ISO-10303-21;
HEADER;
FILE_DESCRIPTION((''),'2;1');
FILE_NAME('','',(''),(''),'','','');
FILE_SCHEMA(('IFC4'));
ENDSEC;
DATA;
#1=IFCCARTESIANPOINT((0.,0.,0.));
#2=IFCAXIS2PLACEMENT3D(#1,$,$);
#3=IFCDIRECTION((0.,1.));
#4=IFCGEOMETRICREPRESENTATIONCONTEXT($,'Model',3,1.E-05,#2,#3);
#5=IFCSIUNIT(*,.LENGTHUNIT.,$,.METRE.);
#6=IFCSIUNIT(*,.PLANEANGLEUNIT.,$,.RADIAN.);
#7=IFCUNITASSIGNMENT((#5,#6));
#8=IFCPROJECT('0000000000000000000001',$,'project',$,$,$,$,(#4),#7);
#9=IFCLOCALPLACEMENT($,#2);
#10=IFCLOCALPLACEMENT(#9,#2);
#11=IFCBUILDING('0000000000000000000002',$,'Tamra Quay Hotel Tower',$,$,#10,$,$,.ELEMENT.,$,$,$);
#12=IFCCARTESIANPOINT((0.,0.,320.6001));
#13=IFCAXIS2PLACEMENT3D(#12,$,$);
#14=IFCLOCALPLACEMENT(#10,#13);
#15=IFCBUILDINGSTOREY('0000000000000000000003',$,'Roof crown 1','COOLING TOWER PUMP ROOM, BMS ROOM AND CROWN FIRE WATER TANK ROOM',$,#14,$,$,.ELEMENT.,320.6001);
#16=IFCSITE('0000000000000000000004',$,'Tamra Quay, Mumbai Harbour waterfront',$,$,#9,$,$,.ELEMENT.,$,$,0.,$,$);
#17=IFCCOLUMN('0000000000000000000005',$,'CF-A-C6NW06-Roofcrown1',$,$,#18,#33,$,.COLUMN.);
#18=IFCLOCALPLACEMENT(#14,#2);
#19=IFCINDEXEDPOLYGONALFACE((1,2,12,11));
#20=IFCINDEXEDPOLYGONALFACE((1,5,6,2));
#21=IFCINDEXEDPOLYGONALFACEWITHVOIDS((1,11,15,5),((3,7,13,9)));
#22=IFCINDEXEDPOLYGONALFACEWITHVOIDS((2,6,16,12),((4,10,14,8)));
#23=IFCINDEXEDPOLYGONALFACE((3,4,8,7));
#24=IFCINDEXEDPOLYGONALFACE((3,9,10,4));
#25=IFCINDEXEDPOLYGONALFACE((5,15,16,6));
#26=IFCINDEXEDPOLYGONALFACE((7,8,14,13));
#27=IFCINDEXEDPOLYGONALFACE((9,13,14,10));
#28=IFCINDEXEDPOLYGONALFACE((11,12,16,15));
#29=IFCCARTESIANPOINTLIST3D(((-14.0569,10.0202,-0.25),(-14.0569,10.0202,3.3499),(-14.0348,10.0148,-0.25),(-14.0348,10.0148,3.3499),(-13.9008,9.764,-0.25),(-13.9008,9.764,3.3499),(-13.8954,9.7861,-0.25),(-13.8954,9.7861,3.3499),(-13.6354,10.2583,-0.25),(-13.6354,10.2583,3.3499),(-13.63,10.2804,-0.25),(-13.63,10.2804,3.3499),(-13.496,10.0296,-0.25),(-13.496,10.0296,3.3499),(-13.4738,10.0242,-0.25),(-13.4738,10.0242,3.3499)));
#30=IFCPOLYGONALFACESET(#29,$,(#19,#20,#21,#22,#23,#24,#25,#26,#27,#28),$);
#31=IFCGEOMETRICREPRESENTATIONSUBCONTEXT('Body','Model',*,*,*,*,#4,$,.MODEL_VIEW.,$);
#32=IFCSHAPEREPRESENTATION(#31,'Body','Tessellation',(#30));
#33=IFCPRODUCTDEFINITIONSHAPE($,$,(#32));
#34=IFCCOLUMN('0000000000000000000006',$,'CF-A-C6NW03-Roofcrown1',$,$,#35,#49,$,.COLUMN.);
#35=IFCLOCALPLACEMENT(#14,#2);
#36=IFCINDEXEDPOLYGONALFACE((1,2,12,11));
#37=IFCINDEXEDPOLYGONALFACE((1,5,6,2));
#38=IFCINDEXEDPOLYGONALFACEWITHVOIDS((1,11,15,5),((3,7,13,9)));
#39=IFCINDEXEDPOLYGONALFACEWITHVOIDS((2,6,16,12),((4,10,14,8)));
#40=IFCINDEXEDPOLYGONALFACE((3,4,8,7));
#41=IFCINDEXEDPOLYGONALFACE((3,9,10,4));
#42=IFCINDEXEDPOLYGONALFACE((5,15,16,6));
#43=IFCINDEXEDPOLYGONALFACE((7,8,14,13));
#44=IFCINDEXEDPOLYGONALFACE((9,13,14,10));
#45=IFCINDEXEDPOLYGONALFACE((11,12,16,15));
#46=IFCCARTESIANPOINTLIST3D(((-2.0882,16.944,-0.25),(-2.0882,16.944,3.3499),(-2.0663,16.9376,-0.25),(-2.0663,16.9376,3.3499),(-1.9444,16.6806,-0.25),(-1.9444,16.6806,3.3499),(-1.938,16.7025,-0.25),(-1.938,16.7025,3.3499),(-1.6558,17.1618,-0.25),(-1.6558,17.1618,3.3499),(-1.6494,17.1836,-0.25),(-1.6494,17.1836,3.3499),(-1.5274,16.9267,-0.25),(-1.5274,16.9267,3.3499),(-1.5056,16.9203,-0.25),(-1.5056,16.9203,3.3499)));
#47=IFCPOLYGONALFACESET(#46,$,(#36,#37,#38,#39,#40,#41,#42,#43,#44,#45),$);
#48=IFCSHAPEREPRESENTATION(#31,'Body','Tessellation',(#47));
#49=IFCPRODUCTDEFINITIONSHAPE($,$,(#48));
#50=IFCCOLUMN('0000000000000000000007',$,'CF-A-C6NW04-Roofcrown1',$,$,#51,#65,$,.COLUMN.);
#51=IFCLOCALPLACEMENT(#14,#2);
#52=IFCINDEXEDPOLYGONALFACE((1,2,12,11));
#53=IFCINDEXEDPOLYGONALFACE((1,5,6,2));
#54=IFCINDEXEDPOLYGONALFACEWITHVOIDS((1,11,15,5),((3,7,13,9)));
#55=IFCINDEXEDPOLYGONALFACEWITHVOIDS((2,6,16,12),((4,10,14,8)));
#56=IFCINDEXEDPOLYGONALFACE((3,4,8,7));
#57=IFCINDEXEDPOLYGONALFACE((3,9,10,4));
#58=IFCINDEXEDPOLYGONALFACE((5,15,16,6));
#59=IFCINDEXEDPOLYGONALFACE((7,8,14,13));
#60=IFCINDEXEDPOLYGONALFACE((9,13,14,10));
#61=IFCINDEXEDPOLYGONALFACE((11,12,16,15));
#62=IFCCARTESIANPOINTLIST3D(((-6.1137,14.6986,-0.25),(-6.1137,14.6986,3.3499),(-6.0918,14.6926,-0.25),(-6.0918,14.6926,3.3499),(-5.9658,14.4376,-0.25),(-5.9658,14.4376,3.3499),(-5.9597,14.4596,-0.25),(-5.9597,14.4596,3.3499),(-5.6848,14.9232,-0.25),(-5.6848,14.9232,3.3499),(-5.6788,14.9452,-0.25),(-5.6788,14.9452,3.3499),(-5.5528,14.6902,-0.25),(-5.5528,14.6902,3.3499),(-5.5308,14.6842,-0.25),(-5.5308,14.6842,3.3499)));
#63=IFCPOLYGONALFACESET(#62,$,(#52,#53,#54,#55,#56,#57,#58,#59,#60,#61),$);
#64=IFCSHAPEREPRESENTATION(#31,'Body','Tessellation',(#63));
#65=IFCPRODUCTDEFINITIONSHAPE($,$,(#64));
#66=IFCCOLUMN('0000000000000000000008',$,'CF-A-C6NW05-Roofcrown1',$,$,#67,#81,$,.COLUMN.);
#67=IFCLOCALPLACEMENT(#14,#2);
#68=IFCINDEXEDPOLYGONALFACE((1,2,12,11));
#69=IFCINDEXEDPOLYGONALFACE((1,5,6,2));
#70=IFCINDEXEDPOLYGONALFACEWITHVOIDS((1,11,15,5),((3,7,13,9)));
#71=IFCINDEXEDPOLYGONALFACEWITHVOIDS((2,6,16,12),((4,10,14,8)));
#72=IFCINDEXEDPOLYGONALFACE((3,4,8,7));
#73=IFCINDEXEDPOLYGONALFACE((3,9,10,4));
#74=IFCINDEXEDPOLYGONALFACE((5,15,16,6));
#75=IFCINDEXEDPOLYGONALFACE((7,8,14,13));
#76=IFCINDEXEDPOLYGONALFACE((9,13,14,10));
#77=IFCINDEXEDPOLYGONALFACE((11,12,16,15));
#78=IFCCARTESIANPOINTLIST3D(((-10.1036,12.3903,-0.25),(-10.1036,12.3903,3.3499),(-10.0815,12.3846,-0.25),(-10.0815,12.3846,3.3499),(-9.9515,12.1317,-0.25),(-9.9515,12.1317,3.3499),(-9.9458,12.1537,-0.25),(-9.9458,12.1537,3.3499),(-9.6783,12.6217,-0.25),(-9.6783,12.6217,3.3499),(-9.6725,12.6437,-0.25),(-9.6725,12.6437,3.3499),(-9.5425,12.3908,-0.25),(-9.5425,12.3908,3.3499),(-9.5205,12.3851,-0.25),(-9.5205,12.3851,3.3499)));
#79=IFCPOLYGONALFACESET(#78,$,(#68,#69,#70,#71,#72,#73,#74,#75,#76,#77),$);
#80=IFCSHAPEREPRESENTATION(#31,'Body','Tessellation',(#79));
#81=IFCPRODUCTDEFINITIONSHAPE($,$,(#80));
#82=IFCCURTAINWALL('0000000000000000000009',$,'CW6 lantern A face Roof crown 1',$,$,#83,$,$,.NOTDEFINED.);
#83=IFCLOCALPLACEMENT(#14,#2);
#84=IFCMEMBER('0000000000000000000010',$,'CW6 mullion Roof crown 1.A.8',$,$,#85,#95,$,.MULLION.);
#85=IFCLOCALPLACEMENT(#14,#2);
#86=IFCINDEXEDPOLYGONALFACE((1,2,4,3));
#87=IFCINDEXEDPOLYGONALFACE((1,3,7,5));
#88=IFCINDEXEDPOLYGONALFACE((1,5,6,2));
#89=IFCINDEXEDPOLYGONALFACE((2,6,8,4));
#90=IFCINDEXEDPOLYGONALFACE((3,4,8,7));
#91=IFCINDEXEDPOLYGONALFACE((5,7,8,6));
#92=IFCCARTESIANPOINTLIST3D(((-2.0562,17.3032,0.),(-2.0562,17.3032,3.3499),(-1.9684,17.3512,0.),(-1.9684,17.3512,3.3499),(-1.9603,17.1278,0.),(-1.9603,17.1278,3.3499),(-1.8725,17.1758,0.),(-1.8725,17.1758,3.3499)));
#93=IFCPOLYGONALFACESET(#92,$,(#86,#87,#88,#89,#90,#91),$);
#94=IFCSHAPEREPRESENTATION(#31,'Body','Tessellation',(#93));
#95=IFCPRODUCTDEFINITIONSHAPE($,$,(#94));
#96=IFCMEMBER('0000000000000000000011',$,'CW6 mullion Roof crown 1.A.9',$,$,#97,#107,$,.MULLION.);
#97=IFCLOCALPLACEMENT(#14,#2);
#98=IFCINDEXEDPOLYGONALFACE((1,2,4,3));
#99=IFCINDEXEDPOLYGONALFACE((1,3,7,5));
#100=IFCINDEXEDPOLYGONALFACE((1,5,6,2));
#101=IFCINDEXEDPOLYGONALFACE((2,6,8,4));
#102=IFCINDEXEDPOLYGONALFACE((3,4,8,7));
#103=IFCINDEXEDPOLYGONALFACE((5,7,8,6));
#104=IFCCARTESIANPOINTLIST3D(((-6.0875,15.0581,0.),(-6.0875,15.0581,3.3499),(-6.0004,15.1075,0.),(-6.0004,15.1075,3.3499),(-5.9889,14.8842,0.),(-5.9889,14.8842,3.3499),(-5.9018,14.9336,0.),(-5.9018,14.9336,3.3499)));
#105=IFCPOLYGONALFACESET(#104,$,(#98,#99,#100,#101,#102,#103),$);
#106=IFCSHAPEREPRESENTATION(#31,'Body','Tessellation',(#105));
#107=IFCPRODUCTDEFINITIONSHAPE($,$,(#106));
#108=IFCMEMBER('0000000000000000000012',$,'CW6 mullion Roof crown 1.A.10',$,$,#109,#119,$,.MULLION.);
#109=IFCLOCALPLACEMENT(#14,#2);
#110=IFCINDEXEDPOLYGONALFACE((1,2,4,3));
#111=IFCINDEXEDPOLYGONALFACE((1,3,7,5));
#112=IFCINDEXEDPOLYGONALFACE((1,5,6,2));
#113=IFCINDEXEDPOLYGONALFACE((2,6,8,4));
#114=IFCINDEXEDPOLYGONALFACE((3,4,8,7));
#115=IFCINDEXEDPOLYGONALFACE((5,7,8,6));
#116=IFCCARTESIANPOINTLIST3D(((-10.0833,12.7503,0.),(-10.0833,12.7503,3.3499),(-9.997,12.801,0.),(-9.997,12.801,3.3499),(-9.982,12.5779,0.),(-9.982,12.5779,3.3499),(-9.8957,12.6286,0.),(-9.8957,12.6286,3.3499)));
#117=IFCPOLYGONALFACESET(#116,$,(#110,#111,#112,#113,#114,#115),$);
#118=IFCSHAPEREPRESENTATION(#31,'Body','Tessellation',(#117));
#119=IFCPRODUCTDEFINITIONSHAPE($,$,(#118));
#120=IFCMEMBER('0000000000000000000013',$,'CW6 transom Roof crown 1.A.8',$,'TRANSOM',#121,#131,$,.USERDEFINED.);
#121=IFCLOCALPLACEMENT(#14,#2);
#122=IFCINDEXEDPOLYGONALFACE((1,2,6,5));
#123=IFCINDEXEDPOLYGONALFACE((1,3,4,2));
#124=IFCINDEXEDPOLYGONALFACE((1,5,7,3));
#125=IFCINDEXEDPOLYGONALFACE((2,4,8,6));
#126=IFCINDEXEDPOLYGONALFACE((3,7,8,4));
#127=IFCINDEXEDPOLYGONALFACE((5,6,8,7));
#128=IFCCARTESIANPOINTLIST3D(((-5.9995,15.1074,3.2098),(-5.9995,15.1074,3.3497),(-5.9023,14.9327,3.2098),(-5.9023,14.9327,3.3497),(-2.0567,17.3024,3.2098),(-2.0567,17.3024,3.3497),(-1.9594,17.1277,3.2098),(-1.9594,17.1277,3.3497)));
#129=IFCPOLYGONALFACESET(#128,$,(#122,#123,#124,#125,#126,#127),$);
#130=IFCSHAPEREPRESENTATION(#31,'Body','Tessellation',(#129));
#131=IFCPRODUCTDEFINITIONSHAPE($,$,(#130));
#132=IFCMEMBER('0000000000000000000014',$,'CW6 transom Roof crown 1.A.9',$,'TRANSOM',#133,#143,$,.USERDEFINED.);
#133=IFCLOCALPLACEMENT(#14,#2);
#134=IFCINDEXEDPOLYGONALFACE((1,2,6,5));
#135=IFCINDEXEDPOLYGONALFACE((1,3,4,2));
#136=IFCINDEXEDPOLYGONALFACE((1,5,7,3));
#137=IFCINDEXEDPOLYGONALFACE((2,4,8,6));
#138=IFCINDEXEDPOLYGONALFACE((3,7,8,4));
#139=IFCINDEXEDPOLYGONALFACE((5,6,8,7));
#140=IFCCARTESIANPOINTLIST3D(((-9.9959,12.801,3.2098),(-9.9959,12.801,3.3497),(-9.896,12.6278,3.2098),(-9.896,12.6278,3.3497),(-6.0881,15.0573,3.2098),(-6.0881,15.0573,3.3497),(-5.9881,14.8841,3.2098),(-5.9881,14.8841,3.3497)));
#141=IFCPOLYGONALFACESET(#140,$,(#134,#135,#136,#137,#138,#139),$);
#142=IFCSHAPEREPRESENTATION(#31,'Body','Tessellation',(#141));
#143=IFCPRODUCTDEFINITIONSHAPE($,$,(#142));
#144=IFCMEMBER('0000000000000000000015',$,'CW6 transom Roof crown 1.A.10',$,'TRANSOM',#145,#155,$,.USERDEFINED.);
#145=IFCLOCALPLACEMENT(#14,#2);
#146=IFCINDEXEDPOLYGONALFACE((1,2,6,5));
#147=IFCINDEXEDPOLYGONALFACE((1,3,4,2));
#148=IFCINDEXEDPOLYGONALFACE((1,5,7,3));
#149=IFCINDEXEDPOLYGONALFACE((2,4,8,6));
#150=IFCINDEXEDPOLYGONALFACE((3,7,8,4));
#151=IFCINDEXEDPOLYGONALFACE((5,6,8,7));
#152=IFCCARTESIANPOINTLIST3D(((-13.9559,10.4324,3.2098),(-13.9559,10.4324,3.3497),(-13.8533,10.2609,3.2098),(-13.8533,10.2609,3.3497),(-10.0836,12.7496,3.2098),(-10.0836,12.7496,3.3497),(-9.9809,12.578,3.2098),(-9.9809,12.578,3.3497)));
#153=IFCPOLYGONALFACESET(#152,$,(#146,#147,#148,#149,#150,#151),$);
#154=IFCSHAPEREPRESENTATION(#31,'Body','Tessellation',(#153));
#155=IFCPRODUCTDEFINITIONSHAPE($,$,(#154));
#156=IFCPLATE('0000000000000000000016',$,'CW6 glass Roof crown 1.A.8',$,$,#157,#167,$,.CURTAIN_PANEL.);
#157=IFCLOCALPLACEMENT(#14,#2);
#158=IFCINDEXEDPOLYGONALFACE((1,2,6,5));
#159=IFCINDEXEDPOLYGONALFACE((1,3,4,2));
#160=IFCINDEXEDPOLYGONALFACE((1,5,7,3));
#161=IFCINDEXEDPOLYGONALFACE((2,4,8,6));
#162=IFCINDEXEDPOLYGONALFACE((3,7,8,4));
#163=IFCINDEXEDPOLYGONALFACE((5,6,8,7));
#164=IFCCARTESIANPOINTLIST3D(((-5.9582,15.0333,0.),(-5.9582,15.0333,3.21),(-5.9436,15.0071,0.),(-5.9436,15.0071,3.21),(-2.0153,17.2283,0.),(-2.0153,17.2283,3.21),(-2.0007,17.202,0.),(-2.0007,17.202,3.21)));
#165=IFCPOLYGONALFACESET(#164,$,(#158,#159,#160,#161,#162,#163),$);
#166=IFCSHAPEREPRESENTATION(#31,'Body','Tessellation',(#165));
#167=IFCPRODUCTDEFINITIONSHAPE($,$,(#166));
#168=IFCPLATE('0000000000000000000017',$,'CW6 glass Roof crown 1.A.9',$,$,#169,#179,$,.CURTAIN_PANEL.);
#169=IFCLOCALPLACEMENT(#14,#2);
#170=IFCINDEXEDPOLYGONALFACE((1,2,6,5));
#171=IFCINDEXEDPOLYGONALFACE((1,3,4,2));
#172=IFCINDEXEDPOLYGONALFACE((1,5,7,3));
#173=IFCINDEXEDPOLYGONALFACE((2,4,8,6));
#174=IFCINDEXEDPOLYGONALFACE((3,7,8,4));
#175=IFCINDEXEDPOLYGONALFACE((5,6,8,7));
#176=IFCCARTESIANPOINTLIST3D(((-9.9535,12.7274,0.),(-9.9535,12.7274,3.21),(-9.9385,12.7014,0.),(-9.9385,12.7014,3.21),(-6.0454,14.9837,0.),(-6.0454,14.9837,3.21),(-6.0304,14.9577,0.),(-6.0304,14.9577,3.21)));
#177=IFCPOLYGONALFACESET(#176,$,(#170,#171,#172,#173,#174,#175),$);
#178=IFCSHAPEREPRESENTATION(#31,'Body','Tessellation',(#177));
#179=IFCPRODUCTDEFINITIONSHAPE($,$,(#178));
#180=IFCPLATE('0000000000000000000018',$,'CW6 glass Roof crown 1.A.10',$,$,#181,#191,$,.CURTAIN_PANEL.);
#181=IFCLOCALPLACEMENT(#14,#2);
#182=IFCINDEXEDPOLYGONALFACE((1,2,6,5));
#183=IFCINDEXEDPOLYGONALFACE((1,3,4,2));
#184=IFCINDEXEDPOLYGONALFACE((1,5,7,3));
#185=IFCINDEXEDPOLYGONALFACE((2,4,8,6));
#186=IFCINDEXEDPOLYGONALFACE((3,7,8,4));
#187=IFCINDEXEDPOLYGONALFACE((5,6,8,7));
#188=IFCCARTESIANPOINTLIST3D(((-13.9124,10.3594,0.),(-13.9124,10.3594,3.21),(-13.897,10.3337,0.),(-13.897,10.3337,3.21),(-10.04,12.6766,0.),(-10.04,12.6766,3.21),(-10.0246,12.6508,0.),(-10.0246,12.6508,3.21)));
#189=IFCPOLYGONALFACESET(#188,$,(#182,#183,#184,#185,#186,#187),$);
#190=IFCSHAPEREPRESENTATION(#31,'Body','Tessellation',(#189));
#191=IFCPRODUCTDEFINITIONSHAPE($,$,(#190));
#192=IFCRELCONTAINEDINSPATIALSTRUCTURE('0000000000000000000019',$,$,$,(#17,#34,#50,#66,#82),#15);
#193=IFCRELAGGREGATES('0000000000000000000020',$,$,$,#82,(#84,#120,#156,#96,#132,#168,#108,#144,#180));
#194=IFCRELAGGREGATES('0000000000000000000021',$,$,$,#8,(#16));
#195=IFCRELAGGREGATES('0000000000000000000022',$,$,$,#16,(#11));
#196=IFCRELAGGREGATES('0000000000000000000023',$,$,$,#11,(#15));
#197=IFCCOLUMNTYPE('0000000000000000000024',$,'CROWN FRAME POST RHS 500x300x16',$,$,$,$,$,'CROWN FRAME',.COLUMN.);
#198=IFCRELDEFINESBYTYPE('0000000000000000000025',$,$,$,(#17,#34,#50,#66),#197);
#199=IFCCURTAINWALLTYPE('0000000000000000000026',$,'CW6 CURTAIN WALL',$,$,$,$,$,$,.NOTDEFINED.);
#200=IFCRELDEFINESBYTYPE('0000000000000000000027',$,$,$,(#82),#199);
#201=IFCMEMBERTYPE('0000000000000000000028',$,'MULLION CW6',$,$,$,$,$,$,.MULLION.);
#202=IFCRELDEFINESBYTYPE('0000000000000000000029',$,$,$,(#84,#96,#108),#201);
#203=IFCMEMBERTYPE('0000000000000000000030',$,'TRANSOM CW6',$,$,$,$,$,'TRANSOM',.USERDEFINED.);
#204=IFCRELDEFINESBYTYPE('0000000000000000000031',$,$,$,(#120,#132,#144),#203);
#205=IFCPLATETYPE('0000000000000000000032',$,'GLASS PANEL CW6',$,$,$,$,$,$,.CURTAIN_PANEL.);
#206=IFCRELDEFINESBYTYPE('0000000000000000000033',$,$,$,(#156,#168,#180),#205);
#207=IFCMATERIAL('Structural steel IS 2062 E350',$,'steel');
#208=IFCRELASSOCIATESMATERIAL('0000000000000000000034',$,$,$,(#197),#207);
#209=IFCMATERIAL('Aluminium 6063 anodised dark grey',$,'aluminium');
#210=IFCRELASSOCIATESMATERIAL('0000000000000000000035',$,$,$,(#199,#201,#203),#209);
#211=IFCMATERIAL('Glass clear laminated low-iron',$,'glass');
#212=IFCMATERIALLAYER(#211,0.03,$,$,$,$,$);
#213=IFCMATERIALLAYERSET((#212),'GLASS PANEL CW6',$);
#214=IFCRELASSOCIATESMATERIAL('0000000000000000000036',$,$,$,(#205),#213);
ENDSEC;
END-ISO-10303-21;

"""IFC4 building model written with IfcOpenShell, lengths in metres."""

from ifc_helpers import new_model, si_unit, direction, frame, origin, origin_2d, place, context, subcontext, project, spatial, rectangle, hollow_rectangle, extrude, material, layer, layer_set, material_profile, profile_set, type_object, element, aggregate, save


model = new_model("IFC4")

# Units and contexts
model_context = context("Model", 3, precision=1e-05, world=origin(), true_north=direction((0.0, 1.0)))
body_context = subcontext(model_context, "Body", "Model", "MODEL_VIEW")
ifc_project = project(units=[si_unit("LENGTHUNIT", "METRE"), si_unit("PLANEANGLEUNIT", "RADIAN")], contexts=[model_context])

# Site, building, storey
site_placement = place(None, origin())
site = spatial("IfcSite", under=ifc_project, at=site_placement, Name="Tamra Quay, Mumbai Harbour waterfront", CompositionType="ELEMENT", RefElevation=0.0)
building_placement = place(site_placement, origin())
building = spatial("IfcBuilding", under=site, at=building_placement, Name="Tamra Quay Hotel Tower", CompositionType="ELEMENT")
storey_placement = place(building_placement, frame((0.0, 0.0, 320.6001)))
storey = spatial("IfcBuildingStorey", under=building, at=storey_placement, Name="Roof crown 1", Description="COOLING TOWER PUMP ROOM, BMS ROOM AND CROWN FIRE WATER TANK ROOM", CompositionType="ELEMENT", Elevation=320.6001)

# Columns
ifc_material_1 = material(Name="Structural steel IS 2062 E350", Category="steel")
ifc_material_profile_1 = material_profile(ifc_material_1, hollow_rectangle(XDim=0.3, YDim=0.5, WallThickness=0.0161, at=origin_2d()), Name="RHS 500x300x16")
ifc_profile_set_1 = profile_set([ifc_material_profile_1], Name="Structural steel IS 2062 E350")
column_type = type_object("IfcColumnType", Name="CROWN FRAME POST RHS 500x300x16", ElementType="CROWN FRAME", PredefinedType="COLUMN", material=ifc_profile_set_1)
for number, where, z_axis, x_axis, name in (
    (1, (-13.7654, 10.0222, -0.25), (0.0, 0.0, 1.0), (-0.52043, 0.853904, 0.0), "CF-A-C6NW06-Roofcrown1"),
    (2, (-1.7969, 16.9321, -0.25), (0.0, 0.0, 1.0), (-0.479288, 0.877658, 0.0), "CF-A-C6NW03-Roofcrown1"),
    (3, (-5.8223, 14.6914, -0.25), (0.0, 0.0, 1.0), (-0.493125, 0.869958, 0.0), "CF-A-C6NW04-Roofcrown1"),
    (4, (-9.812, 12.3877, -0.25), (0.0, 0.0, 1.0), (-0.506843, 0.862038, 0.0), "CF-A-C6NW05-Roofcrown1"),
):
    element("IfcColumn", number, at=place(storey_placement, frame(where, z_axis=z_axis, x_axis=x_axis)), inside=storey, type_object=column_type, Name=name, PredefinedType="COLUMN", context=body_context, shape_type="SweptSolid", body=[
        extrude(hollow_rectangle(XDim=0.3, YDim=0.5, WallThickness=0.0161, at=origin_2d()), origin(), (0.0, 0.0, 1.0), 3.5999),
    ])

# Curtain wall, members, plates
ifc_material_2 = material(Name="Aluminium 6063 anodised dark grey", Category="aluminium")
curtain_wall_type = type_object("IfcCurtainWallType", Name="CW6 CURTAIN WALL", PredefinedType="NOTDEFINED", material=ifc_material_2)
curtain_wall_placement = place(storey_placement, origin())
curtain_wall = element("IfcCurtainWall", 5, at=curtain_wall_placement, inside=storey, type_object=curtain_wall_type, Name="CW6 lantern A face Roof crown 1", PredefinedType="NOTDEFINED")
ifc_material_profile_2 = material_profile(ifc_material_2, rectangle(XDim=0.2, YDim=0.1001, at=origin_2d()), Name="MULLION 100X200")
ifc_profile_set_2 = profile_set([ifc_material_profile_2], Name="Aluminium 6063 anodised dark grey")
member_type_1 = type_object("IfcMemberType", Name="MULLION CW6", PredefinedType="MULLION", material=ifc_profile_set_2)
member_1_placement = place(storey_placement, frame((-1.9644, 17.2395, 0.0), z_axis=(0.0, 0.0, 1.0), x_axis=(-0.479565, 0.877506, 0.0)))
member_1 = element("IfcMember", 6, at=member_1_placement, type_object=member_type_1, Name="CW6 mullion Roof crown 1.A.8", PredefinedType="MULLION", context=body_context, shape_type="SweptSolid", body=[
    extrude(rectangle(XDim=0.2, YDim=0.1001, at=origin_2d()), origin(), (0.0, 0.0, 1.0), 3.3499),
])
member_2_placement = place(storey_placement, frame((-5.9946, 14.9958, 0.0), z_axis=(0.0, 0.0, 1.0), x_axis=(-0.493216, 0.869907, 0.0)))
member_2 = element("IfcMember", 7, at=member_2_placement, type_object=member_type_1, Name="CW6 mullion Roof crown 1.A.9", PredefinedType="MULLION", context=body_context, shape_type="SweptSolid", body=[
    extrude(rectangle(XDim=0.2, YDim=0.1001, at=origin_2d()), origin(), (0.0, 0.0, 1.0), 3.3499),
])
member_3_placement = place(storey_placement, frame((-9.9895, 12.6895, 0.0), z_axis=(0.0, 0.0, 1.0), x_axis=(-0.506754, 0.862091, 0.0)))
member_3 = element("IfcMember", 8, at=member_3_placement, type_object=member_type_1, Name="CW6 mullion Roof crown 1.A.10", PredefinedType="MULLION", context=body_context, shape_type="SweptSolid", body=[
    extrude(rectangle(XDim=0.2, YDim=0.1001, at=origin_2d()), origin(), (0.0, 0.0, 1.0), 3.3499),
])
ifc_material_profile_3 = material_profile(ifc_material_2, rectangle(XDim=0.2, YDim=0.1399, at=origin_2d()), Name="TRANSOM 200X140")
ifc_profile_set_3 = profile_set([ifc_material_profile_3], Name="Aluminium 6063 anodised dark grey")
member_type_2 = type_object("IfcMemberType", Name="TRANSOM CW6", ElementType="TRANSOM", PredefinedType="USERDEFINED", material=ifc_profile_set_3)
member_4_placement = place(storey_placement, frame((-2.0081, 17.2151, 3.2798), z_axis=(-0.873726, -0.486419, 0.0), x_axis=(0.486419, -0.873726, 0.0)))
member_4 = element("IfcMember", 9, at=member_4_placement, type_object=member_type_2, Name="CW6 transom Roof crown 1.A.8", ObjectType="TRANSOM", PredefinedType="USERDEFINED", context=body_context, shape_type="SweptSolid", body=[
    extrude(rectangle(XDim=0.2, YDim=0.1399, at=origin_2d()), origin(), (0.0, 0.0, 1.0), 4.5127),
])
member_5_placement = place(storey_placement, frame((-6.0381, 14.9707, 3.2798), z_axis=(-0.866017, -0.500014, 0.0), x_axis=(0.500014, -0.866017, 0.0)))
member_5 = element("IfcMember", 10, at=member_5_placement, type_object=member_type_2, Name="CW6 transom Roof crown 1.A.9", ObjectType="TRANSOM", PredefinedType="USERDEFINED", context=body_context, shape_type="SweptSolid", body=[
    extrude(rectangle(XDim=0.2, YDim=0.1399, at=origin_2d()), origin(), (0.0, 0.0, 1.0), 4.5125),
])
member_6_placement = place(storey_placement, frame((-10.0322, 12.6638, 3.2798), z_axis=(-0.858103, -0.513477, 0.0), x_axis=(0.513477, -0.858103, 0.0)))
member_6 = element("IfcMember", 11, at=member_6_placement, type_object=member_type_2, Name="CW6 transom Roof crown 1.A.10", ObjectType="TRANSOM", PredefinedType="USERDEFINED", context=body_context, shape_type="SweptSolid", body=[
    extrude(rectangle(XDim=0.2, YDim=0.1399, at=origin_2d()), origin(), (0.0, 0.0, 1.0), 4.5127),
])
ifc_material_3 = material(Name="Glass clear laminated low-iron", Category="glass")
ifc_layer_1 = layer(ifc_material_3, 0.03)
ifc_layer_set_1 = layer_set([ifc_layer_1], Name="GLASS PANEL CW6")
plate_type = type_object("IfcPlateType", Name="GLASS PANEL CW6", PredefinedType="CURTAIN_PANEL", material=ifc_layer_set_1)
plate_1_placement = place(storey_placement, frame((-3.9795, 16.1177, 0.0), z_axis=(0.0, 0.0, 1.0), x_axis=(-0.873736, -0.486401, 0.0)))
plate_1 = element("IfcPlate", 12, at=plate_1_placement, type_object=plate_type, Name="CW6 glass Roof crown 1.A.8", PredefinedType="CURTAIN_PANEL", context=body_context, shape_type="SweptSolid", body=[
    extrude(rectangle(XDim=4.5127, YDim=0.03, at=origin_2d()), origin(), (0.0, 0.0, 1.0), 3.21),
])
plate_2_placement = place(storey_placement, frame((-7.9919, 13.8425, 0.0), z_axis=(0.0, 0.0, 1.0), x_axis=(-0.866025, -0.5, 0.0)))
plate_2 = element("IfcPlate", 13, at=plate_2_placement, type_object=plate_type, Name="CW6 glass Roof crown 1.A.9", PredefinedType="CURTAIN_PANEL", context=body_context, shape_type="SweptSolid", body=[
    extrude(rectangle(XDim=4.5127, YDim=0.03, at=origin_2d()), origin(), (0.0, 0.0, 1.0), 3.21),
])
plate_3_placement = place(storey_placement, frame((-11.9685, 11.5051, 0.0), z_axis=(0.0, 0.0, 1.0), x_axis=(-0.858104, -0.513477, 0.0)))
plate_3 = element("IfcPlate", 14, at=plate_3_placement, type_object=plate_type, Name="CW6 glass Roof crown 1.A.10", PredefinedType="CURTAIN_PANEL", context=body_context, shape_type="SweptSolid", body=[
    extrude(rectangle(XDim=4.5127, YDim=0.03, at=origin_2d()), origin(), (0.0, 0.0, 1.0), 3.21),
])
aggregate(curtain_wall, [member_1, member_4, plate_1, member_2, member_5, plate_2, member_3, member_6, plate_3])

save(model, "model.ifc")
